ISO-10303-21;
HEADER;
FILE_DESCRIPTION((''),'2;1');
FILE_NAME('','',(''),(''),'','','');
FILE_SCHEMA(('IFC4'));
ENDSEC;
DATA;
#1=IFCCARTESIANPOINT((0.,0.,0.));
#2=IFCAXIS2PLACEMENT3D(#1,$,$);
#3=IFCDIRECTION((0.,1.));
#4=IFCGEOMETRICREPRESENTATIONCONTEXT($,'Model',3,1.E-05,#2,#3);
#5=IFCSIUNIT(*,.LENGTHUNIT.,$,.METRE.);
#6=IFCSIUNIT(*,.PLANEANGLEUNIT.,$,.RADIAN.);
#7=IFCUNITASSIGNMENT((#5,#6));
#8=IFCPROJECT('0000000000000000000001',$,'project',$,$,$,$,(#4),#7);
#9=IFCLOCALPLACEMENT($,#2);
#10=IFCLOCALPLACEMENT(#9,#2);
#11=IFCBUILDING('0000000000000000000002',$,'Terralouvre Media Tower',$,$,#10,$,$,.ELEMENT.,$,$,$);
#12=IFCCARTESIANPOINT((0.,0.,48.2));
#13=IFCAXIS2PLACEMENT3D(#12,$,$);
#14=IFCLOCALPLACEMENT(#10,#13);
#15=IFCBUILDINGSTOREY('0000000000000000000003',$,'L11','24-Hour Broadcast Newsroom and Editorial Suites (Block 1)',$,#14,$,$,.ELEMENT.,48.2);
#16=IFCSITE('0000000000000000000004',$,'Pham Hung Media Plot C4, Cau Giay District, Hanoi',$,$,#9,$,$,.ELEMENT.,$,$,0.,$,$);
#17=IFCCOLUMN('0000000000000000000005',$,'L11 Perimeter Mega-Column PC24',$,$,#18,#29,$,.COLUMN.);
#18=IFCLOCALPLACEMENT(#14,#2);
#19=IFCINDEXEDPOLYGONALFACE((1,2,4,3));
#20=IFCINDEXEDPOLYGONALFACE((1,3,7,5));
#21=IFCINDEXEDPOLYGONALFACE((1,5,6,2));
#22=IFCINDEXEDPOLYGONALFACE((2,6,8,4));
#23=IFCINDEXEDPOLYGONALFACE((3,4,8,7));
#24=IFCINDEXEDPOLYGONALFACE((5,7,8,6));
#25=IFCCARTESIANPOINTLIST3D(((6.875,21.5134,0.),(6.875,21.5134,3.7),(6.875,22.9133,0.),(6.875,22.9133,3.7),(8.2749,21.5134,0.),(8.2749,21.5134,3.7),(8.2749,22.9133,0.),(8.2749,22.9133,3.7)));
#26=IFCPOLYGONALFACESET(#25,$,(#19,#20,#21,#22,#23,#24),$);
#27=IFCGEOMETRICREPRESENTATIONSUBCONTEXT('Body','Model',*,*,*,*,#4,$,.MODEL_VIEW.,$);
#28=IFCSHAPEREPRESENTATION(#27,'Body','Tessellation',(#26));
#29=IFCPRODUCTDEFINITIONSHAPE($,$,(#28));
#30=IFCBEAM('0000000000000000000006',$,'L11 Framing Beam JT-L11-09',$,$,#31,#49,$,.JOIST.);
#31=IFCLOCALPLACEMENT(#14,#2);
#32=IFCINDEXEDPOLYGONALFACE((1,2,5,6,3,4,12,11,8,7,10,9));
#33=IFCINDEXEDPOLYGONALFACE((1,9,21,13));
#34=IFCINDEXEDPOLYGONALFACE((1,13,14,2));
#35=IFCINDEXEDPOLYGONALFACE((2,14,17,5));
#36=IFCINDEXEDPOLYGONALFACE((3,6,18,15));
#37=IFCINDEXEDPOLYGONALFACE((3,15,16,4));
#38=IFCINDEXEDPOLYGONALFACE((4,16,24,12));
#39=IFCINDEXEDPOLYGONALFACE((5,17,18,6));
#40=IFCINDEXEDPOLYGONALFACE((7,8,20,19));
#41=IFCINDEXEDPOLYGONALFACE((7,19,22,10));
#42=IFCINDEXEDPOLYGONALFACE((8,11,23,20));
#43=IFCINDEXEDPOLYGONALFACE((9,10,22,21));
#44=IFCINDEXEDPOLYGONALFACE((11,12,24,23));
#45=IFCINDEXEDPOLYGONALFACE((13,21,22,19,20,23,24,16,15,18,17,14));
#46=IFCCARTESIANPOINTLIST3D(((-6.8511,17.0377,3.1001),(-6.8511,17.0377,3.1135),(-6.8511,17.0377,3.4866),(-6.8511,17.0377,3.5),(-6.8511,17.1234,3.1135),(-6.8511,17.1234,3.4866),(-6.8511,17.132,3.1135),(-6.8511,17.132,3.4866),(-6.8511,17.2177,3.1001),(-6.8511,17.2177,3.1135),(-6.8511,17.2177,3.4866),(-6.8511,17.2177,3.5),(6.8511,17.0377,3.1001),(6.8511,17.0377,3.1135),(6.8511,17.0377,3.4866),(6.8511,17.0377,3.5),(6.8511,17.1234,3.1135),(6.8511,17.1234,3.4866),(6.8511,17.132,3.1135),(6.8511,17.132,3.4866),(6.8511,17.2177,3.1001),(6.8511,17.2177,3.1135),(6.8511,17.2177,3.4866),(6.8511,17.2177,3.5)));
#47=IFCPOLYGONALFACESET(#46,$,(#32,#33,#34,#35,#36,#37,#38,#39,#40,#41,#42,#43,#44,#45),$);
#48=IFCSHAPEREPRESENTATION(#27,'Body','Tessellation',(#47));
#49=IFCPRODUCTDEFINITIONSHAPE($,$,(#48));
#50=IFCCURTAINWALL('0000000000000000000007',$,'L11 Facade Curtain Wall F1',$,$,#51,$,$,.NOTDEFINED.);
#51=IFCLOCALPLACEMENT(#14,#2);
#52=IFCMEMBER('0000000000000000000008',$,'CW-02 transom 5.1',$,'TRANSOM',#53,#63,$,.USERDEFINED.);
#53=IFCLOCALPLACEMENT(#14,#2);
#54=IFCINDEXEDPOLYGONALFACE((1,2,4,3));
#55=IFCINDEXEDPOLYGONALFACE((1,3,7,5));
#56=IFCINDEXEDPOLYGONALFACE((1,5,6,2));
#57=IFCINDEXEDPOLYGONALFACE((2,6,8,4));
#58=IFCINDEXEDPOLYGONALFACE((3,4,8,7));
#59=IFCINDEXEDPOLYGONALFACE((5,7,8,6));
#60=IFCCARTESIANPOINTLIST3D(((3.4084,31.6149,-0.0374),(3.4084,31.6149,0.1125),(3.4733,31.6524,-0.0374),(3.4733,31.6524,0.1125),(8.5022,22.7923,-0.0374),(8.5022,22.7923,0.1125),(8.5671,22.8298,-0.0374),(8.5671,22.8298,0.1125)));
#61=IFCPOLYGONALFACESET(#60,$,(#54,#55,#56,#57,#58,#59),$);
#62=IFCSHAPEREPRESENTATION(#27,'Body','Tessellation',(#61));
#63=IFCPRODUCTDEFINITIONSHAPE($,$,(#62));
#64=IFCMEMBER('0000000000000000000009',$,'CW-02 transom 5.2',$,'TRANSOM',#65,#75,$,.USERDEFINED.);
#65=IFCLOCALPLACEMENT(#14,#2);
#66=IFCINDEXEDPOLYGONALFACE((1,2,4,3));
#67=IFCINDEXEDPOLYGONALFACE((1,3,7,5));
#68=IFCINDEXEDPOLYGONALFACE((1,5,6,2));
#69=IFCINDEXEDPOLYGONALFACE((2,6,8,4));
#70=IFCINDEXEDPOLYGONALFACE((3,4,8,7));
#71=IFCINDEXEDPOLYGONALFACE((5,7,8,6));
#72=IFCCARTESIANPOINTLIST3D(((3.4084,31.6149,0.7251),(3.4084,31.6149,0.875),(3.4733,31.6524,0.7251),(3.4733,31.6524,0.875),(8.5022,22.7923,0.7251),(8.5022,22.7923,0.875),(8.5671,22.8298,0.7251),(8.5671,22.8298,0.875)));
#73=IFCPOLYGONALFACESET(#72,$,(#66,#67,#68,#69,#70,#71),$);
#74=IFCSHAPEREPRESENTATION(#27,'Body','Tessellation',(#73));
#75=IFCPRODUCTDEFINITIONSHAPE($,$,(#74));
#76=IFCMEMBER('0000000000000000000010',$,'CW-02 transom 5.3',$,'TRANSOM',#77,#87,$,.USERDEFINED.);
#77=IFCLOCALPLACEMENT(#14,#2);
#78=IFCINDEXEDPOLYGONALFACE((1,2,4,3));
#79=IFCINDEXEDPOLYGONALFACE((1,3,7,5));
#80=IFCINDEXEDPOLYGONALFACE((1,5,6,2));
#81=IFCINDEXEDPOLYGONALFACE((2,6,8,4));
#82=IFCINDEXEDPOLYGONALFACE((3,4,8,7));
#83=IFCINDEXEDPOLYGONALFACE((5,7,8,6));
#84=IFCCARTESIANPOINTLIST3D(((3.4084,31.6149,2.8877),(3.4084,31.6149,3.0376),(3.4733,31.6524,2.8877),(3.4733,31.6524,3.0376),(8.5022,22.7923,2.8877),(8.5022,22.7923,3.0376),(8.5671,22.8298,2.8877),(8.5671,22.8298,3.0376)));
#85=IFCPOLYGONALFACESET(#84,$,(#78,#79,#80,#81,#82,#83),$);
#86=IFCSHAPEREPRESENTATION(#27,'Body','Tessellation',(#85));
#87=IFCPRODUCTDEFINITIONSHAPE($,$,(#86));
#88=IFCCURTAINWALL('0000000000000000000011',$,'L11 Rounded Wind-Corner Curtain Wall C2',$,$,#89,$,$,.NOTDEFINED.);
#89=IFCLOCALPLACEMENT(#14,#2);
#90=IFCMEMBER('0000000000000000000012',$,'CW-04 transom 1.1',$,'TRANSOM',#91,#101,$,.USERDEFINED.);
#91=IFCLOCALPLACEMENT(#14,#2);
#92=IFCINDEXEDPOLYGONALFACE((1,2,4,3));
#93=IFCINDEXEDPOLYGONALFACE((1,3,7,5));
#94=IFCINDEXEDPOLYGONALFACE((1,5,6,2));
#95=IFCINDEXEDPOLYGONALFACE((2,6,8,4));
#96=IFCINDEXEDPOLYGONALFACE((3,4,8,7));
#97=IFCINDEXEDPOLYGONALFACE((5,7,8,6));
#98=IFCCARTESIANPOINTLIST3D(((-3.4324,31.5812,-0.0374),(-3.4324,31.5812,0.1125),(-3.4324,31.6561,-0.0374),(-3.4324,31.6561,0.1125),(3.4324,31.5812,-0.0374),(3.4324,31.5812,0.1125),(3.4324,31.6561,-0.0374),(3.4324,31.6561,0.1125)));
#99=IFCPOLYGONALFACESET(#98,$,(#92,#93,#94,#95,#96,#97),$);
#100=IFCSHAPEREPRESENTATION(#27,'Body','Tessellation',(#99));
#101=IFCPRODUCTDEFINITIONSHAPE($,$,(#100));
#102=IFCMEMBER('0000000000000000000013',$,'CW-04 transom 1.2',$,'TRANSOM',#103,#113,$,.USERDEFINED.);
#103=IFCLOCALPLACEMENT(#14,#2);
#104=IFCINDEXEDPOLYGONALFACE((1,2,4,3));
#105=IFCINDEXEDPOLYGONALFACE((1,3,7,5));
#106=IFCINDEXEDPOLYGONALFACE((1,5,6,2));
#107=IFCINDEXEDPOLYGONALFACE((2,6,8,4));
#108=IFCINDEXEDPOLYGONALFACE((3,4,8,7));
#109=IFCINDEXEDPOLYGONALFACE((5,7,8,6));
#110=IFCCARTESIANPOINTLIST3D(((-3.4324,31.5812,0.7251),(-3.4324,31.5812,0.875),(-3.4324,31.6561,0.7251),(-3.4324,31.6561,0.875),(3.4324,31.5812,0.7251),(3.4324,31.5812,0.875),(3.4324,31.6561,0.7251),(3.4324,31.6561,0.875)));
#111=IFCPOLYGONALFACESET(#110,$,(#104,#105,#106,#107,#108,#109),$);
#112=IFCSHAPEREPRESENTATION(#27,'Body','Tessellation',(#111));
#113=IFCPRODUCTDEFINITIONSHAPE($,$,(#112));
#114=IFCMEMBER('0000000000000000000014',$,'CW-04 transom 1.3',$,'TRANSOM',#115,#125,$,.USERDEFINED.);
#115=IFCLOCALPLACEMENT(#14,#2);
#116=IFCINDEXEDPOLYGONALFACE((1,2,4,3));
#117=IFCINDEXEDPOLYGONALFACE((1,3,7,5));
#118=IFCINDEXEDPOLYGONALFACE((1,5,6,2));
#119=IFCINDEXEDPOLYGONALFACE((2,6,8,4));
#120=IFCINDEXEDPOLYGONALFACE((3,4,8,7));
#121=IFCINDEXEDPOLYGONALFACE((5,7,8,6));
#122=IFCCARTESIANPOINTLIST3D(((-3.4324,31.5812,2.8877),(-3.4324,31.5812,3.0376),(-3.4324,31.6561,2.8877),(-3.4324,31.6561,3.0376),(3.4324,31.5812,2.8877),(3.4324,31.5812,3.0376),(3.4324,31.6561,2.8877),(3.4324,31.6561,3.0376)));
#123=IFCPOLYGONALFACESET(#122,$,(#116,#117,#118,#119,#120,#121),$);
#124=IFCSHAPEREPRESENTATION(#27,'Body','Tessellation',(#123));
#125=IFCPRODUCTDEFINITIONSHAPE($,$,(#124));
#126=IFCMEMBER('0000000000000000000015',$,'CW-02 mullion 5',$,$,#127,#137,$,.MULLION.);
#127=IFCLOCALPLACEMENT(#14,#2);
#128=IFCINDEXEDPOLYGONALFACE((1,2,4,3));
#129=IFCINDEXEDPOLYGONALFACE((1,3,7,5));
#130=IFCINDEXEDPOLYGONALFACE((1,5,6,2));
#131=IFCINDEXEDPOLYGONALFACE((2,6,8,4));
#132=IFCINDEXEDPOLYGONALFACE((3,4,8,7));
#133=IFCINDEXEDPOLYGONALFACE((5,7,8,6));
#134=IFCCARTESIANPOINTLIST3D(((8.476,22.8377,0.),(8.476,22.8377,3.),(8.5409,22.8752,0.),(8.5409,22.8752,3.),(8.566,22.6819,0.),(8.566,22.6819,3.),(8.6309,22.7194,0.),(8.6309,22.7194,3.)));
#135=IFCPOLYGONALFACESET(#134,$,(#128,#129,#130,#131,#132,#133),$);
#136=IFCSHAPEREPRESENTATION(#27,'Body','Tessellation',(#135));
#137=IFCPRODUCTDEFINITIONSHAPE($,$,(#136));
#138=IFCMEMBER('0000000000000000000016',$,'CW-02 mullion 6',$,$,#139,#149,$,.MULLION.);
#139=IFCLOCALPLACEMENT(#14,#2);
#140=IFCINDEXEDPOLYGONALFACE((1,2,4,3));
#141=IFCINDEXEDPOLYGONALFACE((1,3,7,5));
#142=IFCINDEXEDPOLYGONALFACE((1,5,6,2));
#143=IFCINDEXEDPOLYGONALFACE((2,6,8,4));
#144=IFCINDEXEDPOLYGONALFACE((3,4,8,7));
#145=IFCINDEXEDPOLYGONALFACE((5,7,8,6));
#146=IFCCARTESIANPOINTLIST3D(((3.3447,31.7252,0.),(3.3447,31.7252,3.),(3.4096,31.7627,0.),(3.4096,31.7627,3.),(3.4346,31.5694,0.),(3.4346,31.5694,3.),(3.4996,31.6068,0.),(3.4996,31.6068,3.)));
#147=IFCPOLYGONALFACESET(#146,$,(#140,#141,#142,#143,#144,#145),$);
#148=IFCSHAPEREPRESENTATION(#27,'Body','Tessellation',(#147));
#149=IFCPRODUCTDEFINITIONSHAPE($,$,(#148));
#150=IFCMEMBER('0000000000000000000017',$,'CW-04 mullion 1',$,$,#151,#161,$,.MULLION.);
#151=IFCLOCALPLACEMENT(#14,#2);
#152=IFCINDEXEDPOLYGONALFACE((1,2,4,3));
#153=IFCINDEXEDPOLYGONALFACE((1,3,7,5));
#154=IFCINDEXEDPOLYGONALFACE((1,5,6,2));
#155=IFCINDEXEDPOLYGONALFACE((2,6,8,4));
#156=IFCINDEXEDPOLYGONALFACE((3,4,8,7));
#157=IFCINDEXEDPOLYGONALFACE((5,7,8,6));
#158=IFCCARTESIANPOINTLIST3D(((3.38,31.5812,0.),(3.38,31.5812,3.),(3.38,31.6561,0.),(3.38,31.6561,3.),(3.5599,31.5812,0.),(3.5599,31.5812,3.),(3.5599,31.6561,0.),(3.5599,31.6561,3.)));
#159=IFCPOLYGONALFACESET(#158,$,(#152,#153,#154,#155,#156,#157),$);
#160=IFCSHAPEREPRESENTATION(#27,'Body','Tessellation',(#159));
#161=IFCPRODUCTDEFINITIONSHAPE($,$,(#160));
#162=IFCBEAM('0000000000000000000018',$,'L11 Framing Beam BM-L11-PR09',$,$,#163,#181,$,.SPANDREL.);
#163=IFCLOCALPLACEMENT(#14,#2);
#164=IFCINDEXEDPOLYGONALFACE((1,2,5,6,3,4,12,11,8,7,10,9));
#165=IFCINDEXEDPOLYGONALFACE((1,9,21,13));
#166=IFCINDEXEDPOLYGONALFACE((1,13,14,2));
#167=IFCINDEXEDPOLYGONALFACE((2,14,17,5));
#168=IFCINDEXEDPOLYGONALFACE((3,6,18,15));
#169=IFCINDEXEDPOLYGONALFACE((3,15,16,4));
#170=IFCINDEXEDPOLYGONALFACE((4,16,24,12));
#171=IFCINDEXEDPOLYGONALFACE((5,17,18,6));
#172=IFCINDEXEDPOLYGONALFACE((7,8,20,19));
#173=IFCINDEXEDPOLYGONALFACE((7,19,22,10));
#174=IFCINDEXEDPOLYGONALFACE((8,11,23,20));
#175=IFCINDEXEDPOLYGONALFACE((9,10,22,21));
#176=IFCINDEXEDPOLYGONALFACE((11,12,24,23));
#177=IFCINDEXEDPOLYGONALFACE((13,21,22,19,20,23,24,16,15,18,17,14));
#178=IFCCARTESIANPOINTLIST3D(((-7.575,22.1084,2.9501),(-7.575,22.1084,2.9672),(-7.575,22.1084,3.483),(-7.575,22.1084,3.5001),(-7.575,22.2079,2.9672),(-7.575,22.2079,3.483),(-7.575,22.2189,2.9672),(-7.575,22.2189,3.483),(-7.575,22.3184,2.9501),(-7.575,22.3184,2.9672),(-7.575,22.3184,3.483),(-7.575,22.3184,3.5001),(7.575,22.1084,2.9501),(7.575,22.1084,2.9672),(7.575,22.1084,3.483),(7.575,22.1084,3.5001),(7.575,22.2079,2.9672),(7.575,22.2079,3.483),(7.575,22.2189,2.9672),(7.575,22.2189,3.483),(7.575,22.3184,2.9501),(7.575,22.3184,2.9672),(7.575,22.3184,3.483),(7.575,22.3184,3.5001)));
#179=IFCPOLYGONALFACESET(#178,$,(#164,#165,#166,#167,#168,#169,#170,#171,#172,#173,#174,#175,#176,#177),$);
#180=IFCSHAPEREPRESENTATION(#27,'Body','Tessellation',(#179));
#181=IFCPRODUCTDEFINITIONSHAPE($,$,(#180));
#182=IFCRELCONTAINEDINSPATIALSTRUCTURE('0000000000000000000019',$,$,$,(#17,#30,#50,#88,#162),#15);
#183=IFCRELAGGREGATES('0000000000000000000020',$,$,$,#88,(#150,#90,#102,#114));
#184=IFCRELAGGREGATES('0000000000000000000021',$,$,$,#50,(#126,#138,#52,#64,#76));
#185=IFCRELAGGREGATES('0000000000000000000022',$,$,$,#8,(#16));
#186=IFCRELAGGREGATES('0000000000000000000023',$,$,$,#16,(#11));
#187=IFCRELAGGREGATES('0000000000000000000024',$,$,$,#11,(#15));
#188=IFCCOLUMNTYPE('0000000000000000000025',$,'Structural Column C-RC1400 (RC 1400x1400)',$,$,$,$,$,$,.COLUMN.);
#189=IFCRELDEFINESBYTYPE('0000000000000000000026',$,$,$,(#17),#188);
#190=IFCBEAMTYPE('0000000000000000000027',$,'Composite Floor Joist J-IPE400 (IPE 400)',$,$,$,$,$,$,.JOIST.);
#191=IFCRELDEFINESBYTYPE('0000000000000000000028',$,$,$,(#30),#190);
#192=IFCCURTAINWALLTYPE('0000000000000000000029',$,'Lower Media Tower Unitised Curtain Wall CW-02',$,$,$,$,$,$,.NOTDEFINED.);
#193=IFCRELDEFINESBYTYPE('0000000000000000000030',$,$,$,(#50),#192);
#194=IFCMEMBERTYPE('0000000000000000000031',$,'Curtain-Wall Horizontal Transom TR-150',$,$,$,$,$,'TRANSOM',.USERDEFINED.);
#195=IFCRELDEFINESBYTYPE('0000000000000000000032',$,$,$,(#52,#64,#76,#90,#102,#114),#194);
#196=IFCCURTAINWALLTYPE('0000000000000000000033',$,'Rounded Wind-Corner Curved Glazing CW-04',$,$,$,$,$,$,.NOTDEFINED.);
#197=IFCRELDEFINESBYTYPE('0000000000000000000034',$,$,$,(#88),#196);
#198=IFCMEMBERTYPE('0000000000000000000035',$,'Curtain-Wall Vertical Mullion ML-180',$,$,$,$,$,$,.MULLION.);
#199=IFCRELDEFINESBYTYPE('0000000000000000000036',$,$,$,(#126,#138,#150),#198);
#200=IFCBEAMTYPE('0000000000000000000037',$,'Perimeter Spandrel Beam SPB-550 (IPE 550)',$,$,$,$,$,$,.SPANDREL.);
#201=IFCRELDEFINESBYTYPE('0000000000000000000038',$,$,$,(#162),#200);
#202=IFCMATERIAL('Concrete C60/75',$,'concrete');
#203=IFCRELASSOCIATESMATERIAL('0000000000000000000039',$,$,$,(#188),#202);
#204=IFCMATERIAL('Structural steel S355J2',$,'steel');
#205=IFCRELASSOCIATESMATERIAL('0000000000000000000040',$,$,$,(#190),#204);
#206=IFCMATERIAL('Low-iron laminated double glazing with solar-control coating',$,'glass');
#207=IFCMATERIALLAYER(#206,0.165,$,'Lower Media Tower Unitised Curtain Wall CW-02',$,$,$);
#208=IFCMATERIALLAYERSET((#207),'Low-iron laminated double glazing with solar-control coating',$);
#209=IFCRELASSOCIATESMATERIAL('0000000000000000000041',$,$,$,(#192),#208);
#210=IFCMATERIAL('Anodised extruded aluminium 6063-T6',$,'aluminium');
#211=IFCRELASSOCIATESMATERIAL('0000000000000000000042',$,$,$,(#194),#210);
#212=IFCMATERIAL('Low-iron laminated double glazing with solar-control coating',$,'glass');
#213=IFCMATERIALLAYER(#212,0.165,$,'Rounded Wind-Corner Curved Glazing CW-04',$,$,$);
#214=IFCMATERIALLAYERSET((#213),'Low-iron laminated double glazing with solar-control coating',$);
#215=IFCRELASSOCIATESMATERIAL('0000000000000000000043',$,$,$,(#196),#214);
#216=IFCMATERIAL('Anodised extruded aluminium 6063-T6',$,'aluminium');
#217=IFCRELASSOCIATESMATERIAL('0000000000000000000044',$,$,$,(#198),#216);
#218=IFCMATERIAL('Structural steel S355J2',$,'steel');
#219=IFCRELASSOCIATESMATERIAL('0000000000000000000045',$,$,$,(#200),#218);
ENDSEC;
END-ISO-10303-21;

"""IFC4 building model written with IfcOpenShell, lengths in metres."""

from ifc_helpers import new_model, si_unit, direction, frame, origin, origin_2d, place, context, subcontext, project, spatial, rectangle, i_section, extrude, material, layer, layer_set, material_profile, profile_set, type_object, element, aggregate, save


model = new_model("IFC4")

# Units and contexts
model_context = context("Model", 3, precision=1e-05, world=origin(), true_north=direction((0.0, 1.0)))
body_context = subcontext(model_context, "Body", "Model", "MODEL_VIEW")
ifc_project = project(units=[si_unit("LENGTHUNIT", "METRE"), si_unit("PLANEANGLEUNIT", "RADIAN")], contexts=[model_context])

# Site, building, storey
site_placement = place(None, origin())
site = spatial("IfcSite", under=ifc_project, at=site_placement, Name="Pham Hung Media Plot C4, Cau Giay District, Hanoi", CompositionType="ELEMENT", RefElevation=0.0)
building_placement = place(site_placement, origin())
building = spatial("IfcBuilding", under=site, at=building_placement, Name="Terralouvre Media Tower", CompositionType="ELEMENT")
storey_placement = place(building_placement, frame((0.0, 0.0, 48.2)))
storey = spatial("IfcBuildingStorey", under=building, at=storey_placement, Name="L11", Description="24-Hour Broadcast Newsroom and Editorial Suites (Block 1)", CompositionType="ELEMENT", Elevation=48.2)

# Column
ifc_material_1 = material(Name="Concrete C60/75", Category="concrete")
ifc_material_profile_1 = material_profile(ifc_material_1, rectangle(XDim=1.3999, YDim=1.3999, at=origin_2d()), Name="RC 1400x1400")
ifc_profile_set_1 = profile_set([ifc_material_profile_1], Name="Concrete C60/75")
column_type = type_object("IfcColumnType", Name="Structural Column C-RC1400 (RC 1400x1400)", PredefinedType="COLUMN", material=ifc_profile_set_1)
column_placement = place(storey_placement, frame((7.575, 22.2134, 0.0), z_axis=(0.0, 0.0, 1.0), x_axis=(1.0, 0.0, 0.0)))
element("IfcColumn", 1, at=column_placement, inside=storey, type_object=column_type, Name="L11 Perimeter Mega-Column PC24", PredefinedType="COLUMN", context=body_context, shape_type="SweptSolid", body=[
    extrude(rectangle(XDim=1.3999, YDim=1.3999, at=origin_2d()), origin(), (0.0, 0.0, 1.0), 3.7),
])

# Beam
ifc_material_2 = material(Name="Structural steel S355J2", Category="steel")
ifc_material_profile_2 = material_profile(ifc_material_2, i_section(OverallWidth=0.1799, OverallDepth=0.3999, WebThickness=0.0085, FlangeThickness=0.0134, at=origin_2d()), Name="IPE 400")
ifc_profile_set_2 = profile_set([ifc_material_profile_2], Name="Structural steel S355J2")
beam_type_1 = type_object("IfcBeamType", Name="Composite Floor Joist J-IPE400 (IPE 400)", PredefinedType="JOIST", material=ifc_profile_set_2)
beam_1_placement = place(storey_placement, frame((6.8511, 17.1277, 3.3), z_axis=(-1.0, 0.0, 0.0), x_axis=(0.0, -1.0, 0.0)))
element("IfcBeam", 2, at=beam_1_placement, inside=storey, type_object=beam_type_1, Name="L11 Framing Beam JT-L11-09", PredefinedType="JOIST", context=body_context, shape_type="SweptSolid", body=[
    extrude(i_section(OverallWidth=0.1799, OverallDepth=0.3999, WebThickness=0.0085, FlangeThickness=0.0134, at=origin_2d()), origin(), (0.0, 0.0, 1.0), 13.7021),
])

# Curtain walls, members
ifc_material_3 = material(Name="Low-iron laminated double glazing with solar-control coating", Category="glass")
ifc_layer_1 = layer(ifc_material_3, 0.165, Name="Lower Media Tower Unitised Curtain Wall CW-02")
ifc_layer_set_1 = layer_set([ifc_layer_1], Name="Low-iron laminated double glazing with solar-control coating")
curtain_wall_type_1 = type_object("IfcCurtainWallType", Name="Lower Media Tower Unitised Curtain Wall CW-02", PredefinedType="NOTDEFINED", material=ifc_layer_set_1)
curtain_wall_1_placement = place(storey_placement, origin())
curtain_wall_1 = element("IfcCurtainWall", 3, at=curtain_wall_1_placement, inside=storey, type_object=curtain_wall_type_1, Name="L11 Facade Curtain Wall F1", PredefinedType="NOTDEFINED")
ifc_material_4 = material(Name="Anodised extruded aluminium 6063-T6", Category="aluminium")
ifc_material_profile_3 = material_profile(ifc_material_4, rectangle(XDim=0.075, YDim=0.1499, at=origin_2d()), Name="ALU 75x150")
ifc_profile_set_3 = profile_set([ifc_material_profile_3], Name="Anodised extruded aluminium 6063-T6")
member_type_1 = type_object("IfcMemberType", Name="Curtain-Wall Horizontal Transom TR-150", ElementType="TRANSOM", PredefinedType="USERDEFINED", material=ifc_profile_set_3)
member_1_placement = place(storey_placement, frame((8.5347, 22.811, 0.0376), z_axis=(-0.500005, 0.866022, 0.0), x_axis=(-0.866022, -0.500005, 0.0)))
member_1 = element("IfcMember", 4, at=member_1_placement, type_object=member_type_1, Name="CW-02 transom 5.1", ObjectType="TRANSOM", PredefinedType="USERDEFINED", context=body_context, shape_type="SweptSolid", body=[
    extrude(rectangle(XDim=0.075, YDim=0.1499, at=origin_2d()), origin(), (0.0, 0.0, 1.0), 10.1875),
])
member_2_placement = place(storey_placement, frame((8.5347, 22.811, 0.8), z_axis=(-0.500005, 0.866022, 0.0), x_axis=(-0.866022, -0.500005, 0.0)))
member_2 = element("IfcMember", 5, at=member_2_placement, type_object=member_type_1, Name="CW-02 transom 5.2", ObjectType="TRANSOM", PredefinedType="USERDEFINED", context=body_context, shape_type="SweptSolid", body=[
    extrude(rectangle(XDim=0.075, YDim=0.1499, at=origin_2d()), origin(), (0.0, 0.0, 1.0), 10.1875),
])
member_3_placement = place(storey_placement, frame((8.5347, 22.811, 2.9626), z_axis=(-0.500005, 0.866022, 0.0), x_axis=(-0.866022, -0.500005, 0.0)))
member_3 = element("IfcMember", 6, at=member_3_placement, type_object=member_type_1, Name="CW-02 transom 5.3", ObjectType="TRANSOM", PredefinedType="USERDEFINED", context=body_context, shape_type="SweptSolid", body=[
    extrude(rectangle(XDim=0.075, YDim=0.1499, at=origin_2d()), origin(), (0.0, 0.0, 1.0), 10.1875),
])
ifc_material_5 = material(Name="Low-iron laminated double glazing with solar-control coating", Category="glass")
ifc_layer_2 = layer(ifc_material_5, 0.165, Name="Rounded Wind-Corner Curved Glazing CW-04")
ifc_layer_set_2 = layer_set([ifc_layer_2], Name="Low-iron laminated double glazing with solar-control coating")
curtain_wall_type_2 = type_object("IfcCurtainWallType", Name="Rounded Wind-Corner Curved Glazing CW-04", PredefinedType="NOTDEFINED", material=ifc_layer_set_2)
curtain_wall_2_placement = place(storey_placement, origin())
curtain_wall_2 = element("IfcCurtainWall", 7, at=curtain_wall_2_placement, inside=storey, type_object=curtain_wall_type_2, Name="L11 Rounded Wind-Corner Curtain Wall C2", PredefinedType="NOTDEFINED")
member_4_placement = place(storey_placement, frame((3.4324, 31.6187, 0.0376), z_axis=(-1.0, 0.0, 0.0), x_axis=(0.0, -1.0, 0.0)))
member_4 = element("IfcMember", 8, at=member_4_placement, type_object=member_type_1, Name="CW-04 transom 1.1", ObjectType="TRANSOM", PredefinedType="USERDEFINED", context=body_context, shape_type="SweptSolid", body=[
    extrude(rectangle(XDim=0.075, YDim=0.1499, at=origin_2d()), origin(), (0.0, 0.0, 1.0), 6.8647),
])
member_5_placement = place(storey_placement, frame((3.4324, 31.6187, 0.8), z_axis=(-1.0, 0.0, 0.0), x_axis=(0.0, -1.0, 0.0)))
member_5 = element("IfcMember", 9, at=member_5_placement, type_object=member_type_1, Name="CW-04 transom 1.2", ObjectType="TRANSOM", PredefinedType="USERDEFINED", context=body_context, shape_type="SweptSolid", body=[
    extrude(rectangle(XDim=0.075, YDim=0.1499, at=origin_2d()), origin(), (0.0, 0.0, 1.0), 6.8647),
])
member_6_placement = place(storey_placement, frame((3.4324, 31.6187, 2.9626), z_axis=(-1.0, 0.0, 0.0), x_axis=(0.0, -1.0, 0.0)))
member_6 = element("IfcMember", 10, at=member_6_placement, type_object=member_type_1, Name="CW-04 transom 1.3", ObjectType="TRANSOM", PredefinedType="USERDEFINED", context=body_context, shape_type="SweptSolid", body=[
    extrude(rectangle(XDim=0.075, YDim=0.1499, at=origin_2d()), origin(), (0.0, 0.0, 1.0), 6.8647),
])

# Members
ifc_material_6 = material(Name="Anodised extruded aluminium 6063-T6", Category="aluminium")
ifc_material_profile_4 = material_profile(ifc_material_6, rectangle(XDim=0.075, YDim=0.1799, at=origin_2d()), Name="ALU 75x180")
ifc_profile_set_4 = profile_set([ifc_material_profile_4], Name="Anodised extruded aluminium 6063-T6")
member_type_2 = type_object("IfcMemberType", Name="Curtain-Wall Vertical Mullion ML-180", PredefinedType="MULLION", material=ifc_profile_set_4)
member_7_placement = place(storey_placement, frame((8.5535, 22.7786, 0.0), z_axis=(0.0, 0.0, 1.0), x_axis=(-0.866025, -0.5, 0.0)))
member_7 = element("IfcMember", 11, at=member_7_placement, type_object=member_type_2, Name="CW-02 mullion 5", PredefinedType="MULLION", context=body_context, shape_type="SweptSolid", body=[
    extrude(rectangle(XDim=0.075, YDim=0.1799, at=origin_2d()), origin(), (0.0, 0.0, 1.0), 3.0),
])
member_8_placement = place(storey_placement, frame((3.4221, 31.666, 0.0), z_axis=(0.0, 0.0, 1.0), x_axis=(-0.866025, -0.5, 0.0)))
member_8 = element("IfcMember", 12, at=member_8_placement, type_object=member_type_2, Name="CW-02 mullion 6", PredefinedType="MULLION", context=body_context, shape_type="SweptSolid", body=[
    extrude(rectangle(XDim=0.075, YDim=0.1799, at=origin_2d()), origin(), (0.0, 0.0, 1.0), 3.0),
])
member_9_placement = place(storey_placement, frame((3.47, 31.6187, 0.0), z_axis=(0.0, 0.0, 1.0), x_axis=(0.0, -1.0, 0.0)))
member_9 = element("IfcMember", 13, at=member_9_placement, type_object=member_type_2, Name="CW-04 mullion 1", PredefinedType="MULLION", context=body_context, shape_type="SweptSolid", body=[
    extrude(rectangle(XDim=0.075, YDim=0.1799, at=origin_2d()), origin(), (0.0, 0.0, 1.0), 3.0),
])
aggregate(curtain_wall_2, [member_9, member_4, member_5, member_6])

# Beam
ifc_material_7 = material(Name="Structural steel S355J2", Category="steel")
ifc_material_profile_5 = material_profile(ifc_material_7, i_section(OverallWidth=0.21, OverallDepth=0.55, WebThickness=0.011, FlangeThickness=0.0171, at=origin_2d()), Name="IPE 550")
ifc_profile_set_5 = profile_set([ifc_material_profile_5], Name="Structural steel S355J2")
beam_type_2 = type_object("IfcBeamType", Name="Perimeter Spandrel Beam SPB-550 (IPE 550)", PredefinedType="SPANDREL", material=ifc_profile_set_5)
beam_2_placement = place(storey_placement, frame((7.575, 22.2134, 3.2251), z_axis=(-1.0, 0.0, 0.0), x_axis=(0.0, -1.0, 0.0)))
element("IfcBeam", 14, at=beam_2_placement, inside=storey, type_object=beam_type_2, Name="L11 Framing Beam BM-L11-PR09", PredefinedType="SPANDREL", context=body_context, shape_type="SweptSolid", body=[
    extrude(i_section(OverallWidth=0.21, OverallDepth=0.55, WebThickness=0.011, FlangeThickness=0.0171, at=origin_2d()), origin(), (0.0, 0.0, 1.0), 15.1499),
])

aggregate(curtain_wall_1, [member_7, member_8, member_1, member_2, member_3])

save(model, "model.ifc")
